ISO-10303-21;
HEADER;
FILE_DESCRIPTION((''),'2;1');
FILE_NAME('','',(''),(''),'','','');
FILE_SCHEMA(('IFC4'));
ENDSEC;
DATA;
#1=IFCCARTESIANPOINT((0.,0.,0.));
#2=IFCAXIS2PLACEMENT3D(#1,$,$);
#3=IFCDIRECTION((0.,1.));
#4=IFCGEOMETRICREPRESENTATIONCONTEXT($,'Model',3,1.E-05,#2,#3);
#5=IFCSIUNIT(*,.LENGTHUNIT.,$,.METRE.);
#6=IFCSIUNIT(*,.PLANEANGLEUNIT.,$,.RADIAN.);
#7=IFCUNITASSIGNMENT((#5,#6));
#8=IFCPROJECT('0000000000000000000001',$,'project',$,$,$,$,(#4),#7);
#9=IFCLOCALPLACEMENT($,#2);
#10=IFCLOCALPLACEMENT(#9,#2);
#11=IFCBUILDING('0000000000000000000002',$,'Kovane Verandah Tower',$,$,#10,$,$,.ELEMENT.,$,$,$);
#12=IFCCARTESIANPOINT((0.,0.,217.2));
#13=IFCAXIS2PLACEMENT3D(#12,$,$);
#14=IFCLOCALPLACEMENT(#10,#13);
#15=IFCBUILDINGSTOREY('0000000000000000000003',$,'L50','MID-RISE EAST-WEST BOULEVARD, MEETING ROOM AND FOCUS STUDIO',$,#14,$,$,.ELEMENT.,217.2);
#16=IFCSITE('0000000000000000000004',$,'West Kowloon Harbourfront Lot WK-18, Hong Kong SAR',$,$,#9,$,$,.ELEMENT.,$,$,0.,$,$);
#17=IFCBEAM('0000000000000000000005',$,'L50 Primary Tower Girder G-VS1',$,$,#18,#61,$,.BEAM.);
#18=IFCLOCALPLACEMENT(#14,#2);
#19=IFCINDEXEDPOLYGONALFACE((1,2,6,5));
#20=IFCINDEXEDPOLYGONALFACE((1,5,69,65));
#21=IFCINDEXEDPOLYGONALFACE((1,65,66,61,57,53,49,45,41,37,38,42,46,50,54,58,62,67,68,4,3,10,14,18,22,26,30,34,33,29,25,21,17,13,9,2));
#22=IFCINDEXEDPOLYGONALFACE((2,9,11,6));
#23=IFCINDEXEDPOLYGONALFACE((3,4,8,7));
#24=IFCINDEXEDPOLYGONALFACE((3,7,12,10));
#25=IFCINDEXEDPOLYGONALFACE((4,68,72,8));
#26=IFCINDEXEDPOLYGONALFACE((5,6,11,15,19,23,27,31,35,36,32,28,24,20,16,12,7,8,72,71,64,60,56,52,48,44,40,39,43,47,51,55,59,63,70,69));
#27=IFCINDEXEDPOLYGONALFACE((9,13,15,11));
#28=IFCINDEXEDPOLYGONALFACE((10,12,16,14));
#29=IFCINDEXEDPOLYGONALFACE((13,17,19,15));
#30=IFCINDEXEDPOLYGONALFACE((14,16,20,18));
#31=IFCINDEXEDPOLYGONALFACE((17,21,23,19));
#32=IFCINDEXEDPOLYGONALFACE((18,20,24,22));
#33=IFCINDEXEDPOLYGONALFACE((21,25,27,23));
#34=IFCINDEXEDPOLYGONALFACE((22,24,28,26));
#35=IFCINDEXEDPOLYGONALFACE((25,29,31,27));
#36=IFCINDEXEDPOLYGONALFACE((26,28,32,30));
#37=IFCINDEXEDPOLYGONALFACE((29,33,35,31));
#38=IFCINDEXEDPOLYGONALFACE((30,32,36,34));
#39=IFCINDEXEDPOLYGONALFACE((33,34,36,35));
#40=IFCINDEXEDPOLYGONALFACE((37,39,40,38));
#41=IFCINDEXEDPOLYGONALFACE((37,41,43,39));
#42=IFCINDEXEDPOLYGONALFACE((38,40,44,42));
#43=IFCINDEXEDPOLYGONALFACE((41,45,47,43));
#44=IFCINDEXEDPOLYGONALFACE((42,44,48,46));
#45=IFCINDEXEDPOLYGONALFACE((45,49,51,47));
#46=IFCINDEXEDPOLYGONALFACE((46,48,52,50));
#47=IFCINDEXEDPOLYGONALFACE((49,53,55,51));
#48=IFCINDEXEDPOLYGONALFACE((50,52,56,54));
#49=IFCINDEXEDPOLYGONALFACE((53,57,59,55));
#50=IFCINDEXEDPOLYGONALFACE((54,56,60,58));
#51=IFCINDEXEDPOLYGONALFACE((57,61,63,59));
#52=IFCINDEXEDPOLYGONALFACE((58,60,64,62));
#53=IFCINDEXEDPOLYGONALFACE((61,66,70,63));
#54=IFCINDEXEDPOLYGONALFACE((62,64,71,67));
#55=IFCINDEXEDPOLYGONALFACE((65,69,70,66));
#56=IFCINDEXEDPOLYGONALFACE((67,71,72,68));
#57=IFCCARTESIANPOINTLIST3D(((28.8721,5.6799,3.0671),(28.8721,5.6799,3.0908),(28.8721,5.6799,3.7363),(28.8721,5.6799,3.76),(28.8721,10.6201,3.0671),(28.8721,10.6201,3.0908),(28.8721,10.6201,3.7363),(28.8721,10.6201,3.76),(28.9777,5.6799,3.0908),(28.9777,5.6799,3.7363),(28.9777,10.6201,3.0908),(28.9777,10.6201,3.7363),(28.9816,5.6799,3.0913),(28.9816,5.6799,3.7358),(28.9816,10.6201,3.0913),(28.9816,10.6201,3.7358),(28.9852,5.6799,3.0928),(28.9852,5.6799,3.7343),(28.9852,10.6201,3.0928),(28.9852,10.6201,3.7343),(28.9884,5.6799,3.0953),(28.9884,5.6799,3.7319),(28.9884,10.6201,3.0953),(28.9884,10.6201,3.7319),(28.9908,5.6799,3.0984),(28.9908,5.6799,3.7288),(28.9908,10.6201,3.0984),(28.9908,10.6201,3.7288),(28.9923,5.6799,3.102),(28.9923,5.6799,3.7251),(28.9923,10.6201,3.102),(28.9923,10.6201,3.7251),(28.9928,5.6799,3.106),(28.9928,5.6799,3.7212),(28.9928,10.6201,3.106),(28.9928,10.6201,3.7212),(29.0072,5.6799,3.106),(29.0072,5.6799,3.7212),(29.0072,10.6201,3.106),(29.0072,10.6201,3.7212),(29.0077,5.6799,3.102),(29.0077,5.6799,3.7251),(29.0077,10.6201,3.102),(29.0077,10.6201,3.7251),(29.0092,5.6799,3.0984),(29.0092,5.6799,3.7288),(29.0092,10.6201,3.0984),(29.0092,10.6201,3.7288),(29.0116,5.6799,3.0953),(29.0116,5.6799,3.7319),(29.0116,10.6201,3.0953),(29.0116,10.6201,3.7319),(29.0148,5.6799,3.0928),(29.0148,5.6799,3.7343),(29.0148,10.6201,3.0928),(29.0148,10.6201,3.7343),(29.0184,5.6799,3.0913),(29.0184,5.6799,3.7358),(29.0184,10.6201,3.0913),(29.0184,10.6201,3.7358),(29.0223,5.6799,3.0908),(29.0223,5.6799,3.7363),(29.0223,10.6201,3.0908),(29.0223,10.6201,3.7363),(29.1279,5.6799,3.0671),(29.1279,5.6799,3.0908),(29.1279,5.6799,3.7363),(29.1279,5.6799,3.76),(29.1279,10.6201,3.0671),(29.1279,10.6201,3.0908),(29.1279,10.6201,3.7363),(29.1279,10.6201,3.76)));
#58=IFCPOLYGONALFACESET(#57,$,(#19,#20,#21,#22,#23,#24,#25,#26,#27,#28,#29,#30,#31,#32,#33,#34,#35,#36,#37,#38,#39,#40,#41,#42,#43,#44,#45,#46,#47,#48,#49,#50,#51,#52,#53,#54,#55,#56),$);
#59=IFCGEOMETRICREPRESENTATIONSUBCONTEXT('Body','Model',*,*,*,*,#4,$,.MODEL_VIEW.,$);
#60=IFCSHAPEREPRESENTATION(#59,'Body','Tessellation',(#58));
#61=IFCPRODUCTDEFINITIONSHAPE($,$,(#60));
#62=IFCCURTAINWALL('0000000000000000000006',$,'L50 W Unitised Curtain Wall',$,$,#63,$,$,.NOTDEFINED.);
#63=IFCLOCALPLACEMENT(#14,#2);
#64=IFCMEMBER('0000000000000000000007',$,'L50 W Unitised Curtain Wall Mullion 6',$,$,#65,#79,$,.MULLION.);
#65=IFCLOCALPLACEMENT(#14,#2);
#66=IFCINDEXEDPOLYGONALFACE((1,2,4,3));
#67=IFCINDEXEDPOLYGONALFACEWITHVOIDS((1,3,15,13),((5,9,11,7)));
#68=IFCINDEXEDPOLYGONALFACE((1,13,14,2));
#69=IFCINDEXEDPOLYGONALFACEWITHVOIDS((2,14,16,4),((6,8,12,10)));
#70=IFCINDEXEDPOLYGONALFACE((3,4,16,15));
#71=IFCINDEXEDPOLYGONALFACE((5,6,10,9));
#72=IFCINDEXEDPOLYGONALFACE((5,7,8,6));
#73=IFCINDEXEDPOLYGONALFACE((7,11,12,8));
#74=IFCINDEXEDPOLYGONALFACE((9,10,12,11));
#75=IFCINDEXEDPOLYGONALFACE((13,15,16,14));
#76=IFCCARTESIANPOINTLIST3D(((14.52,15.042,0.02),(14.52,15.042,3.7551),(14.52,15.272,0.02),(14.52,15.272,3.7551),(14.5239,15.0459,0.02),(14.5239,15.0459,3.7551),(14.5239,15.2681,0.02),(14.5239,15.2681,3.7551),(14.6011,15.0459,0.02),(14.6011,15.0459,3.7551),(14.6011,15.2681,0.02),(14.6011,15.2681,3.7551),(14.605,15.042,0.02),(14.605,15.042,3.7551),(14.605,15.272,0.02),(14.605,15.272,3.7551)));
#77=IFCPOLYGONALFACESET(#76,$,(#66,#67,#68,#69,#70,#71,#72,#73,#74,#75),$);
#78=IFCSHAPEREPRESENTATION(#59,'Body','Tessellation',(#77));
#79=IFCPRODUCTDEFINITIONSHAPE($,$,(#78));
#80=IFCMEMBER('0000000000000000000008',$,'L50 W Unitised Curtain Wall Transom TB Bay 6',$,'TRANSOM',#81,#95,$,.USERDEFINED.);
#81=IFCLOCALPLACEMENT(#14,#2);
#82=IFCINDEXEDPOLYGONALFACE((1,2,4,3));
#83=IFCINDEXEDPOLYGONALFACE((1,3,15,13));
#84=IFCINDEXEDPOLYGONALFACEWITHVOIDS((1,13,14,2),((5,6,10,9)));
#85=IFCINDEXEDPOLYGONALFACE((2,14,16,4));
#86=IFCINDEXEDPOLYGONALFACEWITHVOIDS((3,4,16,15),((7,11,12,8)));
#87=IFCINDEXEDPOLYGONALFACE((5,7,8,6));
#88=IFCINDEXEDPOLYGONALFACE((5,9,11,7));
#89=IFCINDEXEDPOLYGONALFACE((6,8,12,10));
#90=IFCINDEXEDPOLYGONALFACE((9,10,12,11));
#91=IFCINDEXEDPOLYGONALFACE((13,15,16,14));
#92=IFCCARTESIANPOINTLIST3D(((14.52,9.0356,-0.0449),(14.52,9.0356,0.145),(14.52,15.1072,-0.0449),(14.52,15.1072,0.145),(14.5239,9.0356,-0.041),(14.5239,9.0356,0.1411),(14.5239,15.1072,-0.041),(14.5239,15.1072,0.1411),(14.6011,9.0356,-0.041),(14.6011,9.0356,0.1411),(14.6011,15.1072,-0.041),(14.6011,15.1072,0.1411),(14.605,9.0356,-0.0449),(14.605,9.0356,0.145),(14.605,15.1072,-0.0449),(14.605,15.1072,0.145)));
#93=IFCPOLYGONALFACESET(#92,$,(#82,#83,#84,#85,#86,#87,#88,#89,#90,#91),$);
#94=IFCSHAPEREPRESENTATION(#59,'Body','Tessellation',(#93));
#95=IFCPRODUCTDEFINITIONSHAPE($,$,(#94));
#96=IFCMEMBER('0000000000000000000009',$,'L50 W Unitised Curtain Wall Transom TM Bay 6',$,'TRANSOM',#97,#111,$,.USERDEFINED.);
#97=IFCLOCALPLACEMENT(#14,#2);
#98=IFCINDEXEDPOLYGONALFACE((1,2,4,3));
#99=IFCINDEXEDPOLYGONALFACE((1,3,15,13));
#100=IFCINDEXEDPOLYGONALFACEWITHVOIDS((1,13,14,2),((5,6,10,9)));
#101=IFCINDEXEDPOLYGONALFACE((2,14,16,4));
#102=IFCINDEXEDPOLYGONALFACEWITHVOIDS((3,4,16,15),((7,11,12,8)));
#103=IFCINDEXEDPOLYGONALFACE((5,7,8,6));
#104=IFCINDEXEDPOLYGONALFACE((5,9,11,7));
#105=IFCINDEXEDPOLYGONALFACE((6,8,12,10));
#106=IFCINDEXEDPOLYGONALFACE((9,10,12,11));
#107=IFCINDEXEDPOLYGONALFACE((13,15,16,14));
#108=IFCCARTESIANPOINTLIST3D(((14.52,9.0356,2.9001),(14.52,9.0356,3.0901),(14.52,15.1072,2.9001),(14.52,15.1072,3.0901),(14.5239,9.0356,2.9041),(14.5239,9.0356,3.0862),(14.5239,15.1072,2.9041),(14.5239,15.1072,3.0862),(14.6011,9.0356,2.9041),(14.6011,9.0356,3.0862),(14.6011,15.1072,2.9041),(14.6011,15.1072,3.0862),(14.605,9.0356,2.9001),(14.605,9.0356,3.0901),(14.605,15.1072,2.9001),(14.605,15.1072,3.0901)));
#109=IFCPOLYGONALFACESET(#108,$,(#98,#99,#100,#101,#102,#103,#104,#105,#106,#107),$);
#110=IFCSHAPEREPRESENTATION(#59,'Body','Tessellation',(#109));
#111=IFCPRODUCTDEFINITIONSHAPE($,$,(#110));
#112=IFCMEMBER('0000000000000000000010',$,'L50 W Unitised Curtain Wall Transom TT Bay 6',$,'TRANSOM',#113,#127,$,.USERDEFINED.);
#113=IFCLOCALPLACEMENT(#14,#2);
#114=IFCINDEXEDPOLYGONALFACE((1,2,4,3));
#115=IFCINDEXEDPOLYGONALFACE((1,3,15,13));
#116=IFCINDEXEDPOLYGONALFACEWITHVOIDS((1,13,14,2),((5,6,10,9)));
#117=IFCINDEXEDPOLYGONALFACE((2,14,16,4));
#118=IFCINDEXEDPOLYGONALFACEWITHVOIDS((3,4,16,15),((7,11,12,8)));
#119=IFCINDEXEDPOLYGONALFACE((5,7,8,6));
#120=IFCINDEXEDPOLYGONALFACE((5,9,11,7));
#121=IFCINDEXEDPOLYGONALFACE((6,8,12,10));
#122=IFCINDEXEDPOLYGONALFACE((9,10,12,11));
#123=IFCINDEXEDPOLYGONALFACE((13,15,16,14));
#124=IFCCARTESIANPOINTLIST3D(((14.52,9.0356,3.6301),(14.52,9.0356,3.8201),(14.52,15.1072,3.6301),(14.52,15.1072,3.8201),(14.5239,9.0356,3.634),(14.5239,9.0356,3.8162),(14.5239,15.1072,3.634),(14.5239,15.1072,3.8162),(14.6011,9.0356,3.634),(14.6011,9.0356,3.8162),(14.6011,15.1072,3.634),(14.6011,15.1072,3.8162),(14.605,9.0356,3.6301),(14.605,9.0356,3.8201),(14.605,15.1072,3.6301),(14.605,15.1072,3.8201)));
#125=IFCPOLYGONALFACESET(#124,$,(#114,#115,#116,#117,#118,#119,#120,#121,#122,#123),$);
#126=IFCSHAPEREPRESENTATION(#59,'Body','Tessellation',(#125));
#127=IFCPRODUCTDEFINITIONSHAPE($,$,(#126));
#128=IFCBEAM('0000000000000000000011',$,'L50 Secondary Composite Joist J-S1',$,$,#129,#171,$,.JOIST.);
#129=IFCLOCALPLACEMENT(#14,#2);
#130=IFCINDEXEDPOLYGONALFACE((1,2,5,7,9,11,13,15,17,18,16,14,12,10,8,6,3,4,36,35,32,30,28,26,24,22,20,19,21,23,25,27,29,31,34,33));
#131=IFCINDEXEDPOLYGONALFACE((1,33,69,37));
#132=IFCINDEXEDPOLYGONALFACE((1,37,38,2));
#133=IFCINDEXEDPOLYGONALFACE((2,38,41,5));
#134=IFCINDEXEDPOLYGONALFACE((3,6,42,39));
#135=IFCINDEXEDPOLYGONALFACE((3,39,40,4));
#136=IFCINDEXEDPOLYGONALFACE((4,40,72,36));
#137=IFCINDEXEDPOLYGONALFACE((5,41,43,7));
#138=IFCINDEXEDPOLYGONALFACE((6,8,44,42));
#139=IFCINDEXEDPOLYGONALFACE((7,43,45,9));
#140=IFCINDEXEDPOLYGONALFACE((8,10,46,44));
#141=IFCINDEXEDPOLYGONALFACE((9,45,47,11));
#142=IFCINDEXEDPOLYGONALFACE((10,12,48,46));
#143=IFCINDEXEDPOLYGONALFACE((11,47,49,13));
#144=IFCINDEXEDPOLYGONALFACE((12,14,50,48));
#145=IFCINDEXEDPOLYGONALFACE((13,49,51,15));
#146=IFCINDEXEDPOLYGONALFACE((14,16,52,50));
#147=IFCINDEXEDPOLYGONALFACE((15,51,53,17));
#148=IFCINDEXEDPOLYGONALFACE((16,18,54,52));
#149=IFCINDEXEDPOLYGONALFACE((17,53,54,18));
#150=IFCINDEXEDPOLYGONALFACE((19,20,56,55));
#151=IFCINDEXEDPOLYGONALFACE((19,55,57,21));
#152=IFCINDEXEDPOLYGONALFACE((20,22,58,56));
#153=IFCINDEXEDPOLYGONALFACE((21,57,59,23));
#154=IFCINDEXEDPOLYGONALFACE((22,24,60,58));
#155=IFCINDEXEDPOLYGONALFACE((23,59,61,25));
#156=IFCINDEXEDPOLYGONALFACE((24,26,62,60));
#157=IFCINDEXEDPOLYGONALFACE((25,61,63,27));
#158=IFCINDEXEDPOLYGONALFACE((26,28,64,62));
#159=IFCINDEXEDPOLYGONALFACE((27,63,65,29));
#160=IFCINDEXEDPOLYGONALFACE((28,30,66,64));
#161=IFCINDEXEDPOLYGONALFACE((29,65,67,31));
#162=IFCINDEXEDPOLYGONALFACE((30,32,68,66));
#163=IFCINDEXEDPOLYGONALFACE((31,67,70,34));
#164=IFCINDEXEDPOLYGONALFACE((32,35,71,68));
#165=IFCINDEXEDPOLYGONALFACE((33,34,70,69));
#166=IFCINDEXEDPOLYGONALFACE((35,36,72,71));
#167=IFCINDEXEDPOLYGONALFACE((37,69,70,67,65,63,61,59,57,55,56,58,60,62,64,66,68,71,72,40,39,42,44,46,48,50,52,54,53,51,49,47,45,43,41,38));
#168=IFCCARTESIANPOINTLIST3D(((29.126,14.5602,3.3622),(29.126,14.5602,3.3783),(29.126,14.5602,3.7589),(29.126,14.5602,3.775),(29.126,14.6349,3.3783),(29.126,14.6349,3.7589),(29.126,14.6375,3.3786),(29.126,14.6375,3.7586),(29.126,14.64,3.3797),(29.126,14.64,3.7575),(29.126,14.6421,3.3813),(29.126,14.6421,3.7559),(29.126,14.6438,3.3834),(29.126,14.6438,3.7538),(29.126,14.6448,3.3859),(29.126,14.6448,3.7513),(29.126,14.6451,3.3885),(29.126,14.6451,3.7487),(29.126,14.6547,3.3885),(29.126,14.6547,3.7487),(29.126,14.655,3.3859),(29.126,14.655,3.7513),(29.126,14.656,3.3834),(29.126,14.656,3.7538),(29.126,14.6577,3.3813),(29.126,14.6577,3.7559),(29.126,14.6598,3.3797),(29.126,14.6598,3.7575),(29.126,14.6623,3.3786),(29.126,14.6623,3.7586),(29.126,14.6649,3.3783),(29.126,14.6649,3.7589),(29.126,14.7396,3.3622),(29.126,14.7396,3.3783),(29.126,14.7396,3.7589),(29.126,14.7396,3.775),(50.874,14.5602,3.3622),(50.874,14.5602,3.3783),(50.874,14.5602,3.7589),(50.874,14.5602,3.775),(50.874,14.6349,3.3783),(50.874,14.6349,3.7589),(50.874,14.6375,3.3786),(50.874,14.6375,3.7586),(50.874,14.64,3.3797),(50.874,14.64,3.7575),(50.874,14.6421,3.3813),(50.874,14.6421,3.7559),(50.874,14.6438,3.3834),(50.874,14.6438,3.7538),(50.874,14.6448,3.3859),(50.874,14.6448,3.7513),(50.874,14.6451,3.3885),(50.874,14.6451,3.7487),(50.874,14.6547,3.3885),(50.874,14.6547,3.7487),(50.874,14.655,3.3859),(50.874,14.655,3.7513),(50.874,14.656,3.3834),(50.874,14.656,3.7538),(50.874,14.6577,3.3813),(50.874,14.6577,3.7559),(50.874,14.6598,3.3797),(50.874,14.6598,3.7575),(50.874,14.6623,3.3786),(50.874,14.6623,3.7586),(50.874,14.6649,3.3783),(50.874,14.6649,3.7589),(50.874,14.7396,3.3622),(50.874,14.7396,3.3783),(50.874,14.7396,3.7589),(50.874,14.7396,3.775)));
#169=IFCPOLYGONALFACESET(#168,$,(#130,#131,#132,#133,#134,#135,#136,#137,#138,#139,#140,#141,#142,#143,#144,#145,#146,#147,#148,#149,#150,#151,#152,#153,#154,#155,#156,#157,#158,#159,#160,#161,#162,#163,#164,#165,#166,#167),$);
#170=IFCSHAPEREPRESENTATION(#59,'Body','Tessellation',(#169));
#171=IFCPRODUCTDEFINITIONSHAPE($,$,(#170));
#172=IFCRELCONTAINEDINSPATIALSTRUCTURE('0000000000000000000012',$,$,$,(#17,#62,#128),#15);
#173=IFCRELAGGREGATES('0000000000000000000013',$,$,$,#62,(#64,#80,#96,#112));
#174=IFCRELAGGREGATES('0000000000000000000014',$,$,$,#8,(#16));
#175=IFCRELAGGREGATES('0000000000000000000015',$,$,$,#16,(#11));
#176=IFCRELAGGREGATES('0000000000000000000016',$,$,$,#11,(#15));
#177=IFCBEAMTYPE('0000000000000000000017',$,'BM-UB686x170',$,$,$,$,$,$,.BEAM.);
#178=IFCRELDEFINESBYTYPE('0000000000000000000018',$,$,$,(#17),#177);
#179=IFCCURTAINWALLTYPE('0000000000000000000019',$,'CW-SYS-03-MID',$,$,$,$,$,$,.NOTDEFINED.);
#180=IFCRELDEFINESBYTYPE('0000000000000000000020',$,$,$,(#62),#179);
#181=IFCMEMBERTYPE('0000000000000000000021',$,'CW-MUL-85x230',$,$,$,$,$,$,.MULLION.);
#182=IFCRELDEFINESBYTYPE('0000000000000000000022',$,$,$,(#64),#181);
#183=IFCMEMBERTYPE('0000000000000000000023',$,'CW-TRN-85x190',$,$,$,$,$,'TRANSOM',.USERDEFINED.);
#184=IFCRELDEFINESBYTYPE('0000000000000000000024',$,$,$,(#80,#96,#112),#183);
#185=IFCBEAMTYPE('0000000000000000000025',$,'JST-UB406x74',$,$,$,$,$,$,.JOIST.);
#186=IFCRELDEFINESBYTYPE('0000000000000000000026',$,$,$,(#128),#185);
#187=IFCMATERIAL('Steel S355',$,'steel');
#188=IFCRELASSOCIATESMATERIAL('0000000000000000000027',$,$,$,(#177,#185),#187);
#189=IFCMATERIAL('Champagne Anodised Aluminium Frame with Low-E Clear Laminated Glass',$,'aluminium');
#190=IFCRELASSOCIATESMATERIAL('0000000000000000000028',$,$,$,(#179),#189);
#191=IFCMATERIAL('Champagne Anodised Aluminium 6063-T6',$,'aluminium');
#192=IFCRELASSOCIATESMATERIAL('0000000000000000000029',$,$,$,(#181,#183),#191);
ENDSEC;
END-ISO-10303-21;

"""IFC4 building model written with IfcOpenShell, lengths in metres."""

from ifc_helpers import new_model, si_unit, direction, frame, origin, origin_2d, place, context, subcontext, project, spatial, hollow_rectangle, i_section, extrude, material, material_profile, profile_set, type_object, element, aggregate, save


model = new_model("IFC4")

# Units and contexts
model_context = context("Model", 3, precision=1e-05, world=origin(), true_north=direction((0.0, 1.0)))
body_context = subcontext(model_context, "Body", "Model", "MODEL_VIEW")
ifc_project = project(units=[si_unit("LENGTHUNIT", "METRE"), si_unit("PLANEANGLEUNIT", "RADIAN")], contexts=[model_context])

# Site, building, storey
site_placement = place(None, origin())
site = spatial("IfcSite", under=ifc_project, at=site_placement, Name="West Kowloon Harbourfront Lot WK-18, Hong Kong SAR", CompositionType="ELEMENT", RefElevation=0.0)
building_placement = place(site_placement, origin())
building = spatial("IfcBuilding", under=site, at=building_placement, Name="Kovane Verandah Tower", CompositionType="ELEMENT")
storey_placement = place(building_placement, frame((0.0, 0.0, 217.2)))
storey = spatial("IfcBuildingStorey", under=building, at=storey_placement, Name="L50", Description="MID-RISE EAST-WEST BOULEVARD, MEETING ROOM AND FOCUS STUDIO", CompositionType="ELEMENT", Elevation=217.2)

# Beam
ifc_material_1 = material(Name="Steel S355", Category="steel")
ifc_material_profile_1 = material_profile(ifc_material_1, i_section(OverallWidth=0.2559, OverallDepth=0.6929, WebThickness=0.0144, FlangeThickness=0.0237, FilletRadius=0.0151, at=origin_2d()), Name="UB686x254x170")
ifc_profile_set_1 = profile_set([ifc_material_profile_1], Name="Steel S355")
beam_type_1 = type_object("IfcBeamType", Name="BM-UB686x170", PredefinedType="BEAM", material=ifc_profile_set_1)
beam_1_placement = place(storey_placement, frame((29.0, 10.6201, 3.4136), z_axis=(0.0, -1.0, 0.0), x_axis=(1.0, 0.0, 0.0)))
element("IfcBeam", 1, at=beam_1_placement, inside=storey, type_object=beam_type_1, Name="L50 Primary Tower Girder G-VS1", PredefinedType="BEAM", context=body_context, shape_type="SweptSolid", body=[
    extrude(i_section(OverallWidth=0.2559, OverallDepth=0.6929, WebThickness=0.0144, FlangeThickness=0.0237, FilletRadius=0.0151, at=origin_2d()), origin(), (0.0, 0.0, 1.0), 4.9402),
])

# Curtain wall, members
ifc_material_2 = material(Name="Champagne Anodised Aluminium Frame with Low-E Clear Laminated Glass", Category="aluminium")
curtain_wall_type = type_object("IfcCurtainWallType", Name="CW-SYS-03-MID", PredefinedType="NOTDEFINED", material=ifc_material_2)
curtain_wall_placement = place(storey_placement, origin())
curtain_wall = element("IfcCurtainWall", 2, at=curtain_wall_placement, inside=storey, type_object=curtain_wall_type, Name="L50 W Unitised Curtain Wall", PredefinedType="NOTDEFINED")
ifc_material_3 = material(Name="Champagne Anodised Aluminium 6063-T6", Category="aluminium")
ifc_material_profile_2 = material_profile(ifc_material_3, hollow_rectangle(XDim=0.085, YDim=0.23, WallThickness=0.0039, at=origin_2d()), Name="AL85x230x4")
ifc_profile_set_2 = profile_set([ifc_material_profile_2], Name="Champagne Anodised Aluminium 6063-T6")
member_type_1 = type_object("IfcMemberType", Name="CW-MUL-85x230", PredefinedType="MULLION", material=ifc_profile_set_2)
member_1_placement = place(storey_placement, frame((14.5625, 15.157, 0.02), z_axis=(0.0, 0.0, 1.0), x_axis=(-1.0, 0.0, 0.0)))
member_1 = element("IfcMember", 3, at=member_1_placement, type_object=member_type_1, Name="L50 W Unitised Curtain Wall Mullion 6", PredefinedType="MULLION", context=body_context, shape_type="SweptSolid", body=[
    extrude(hollow_rectangle(XDim=0.085, YDim=0.23, WallThickness=0.0039, at=origin_2d()), origin(), (0.0, 0.0, 1.0), 3.7351),
])
ifc_material_profile_3 = material_profile(ifc_material_3, hollow_rectangle(XDim=0.085, YDim=0.1899, WallThickness=0.0039, at=origin_2d()), Name="AL85x190x4")
ifc_profile_set_3 = profile_set([ifc_material_profile_3], Name="Champagne Anodised Aluminium 6063-T6")
member_type_2 = type_object("IfcMemberType", Name="CW-TRN-85x190", ElementType="TRANSOM", PredefinedType="USERDEFINED", material=ifc_profile_set_3)
member_2_placement = place(storey_placement, frame((14.5625, 15.1072, 0.05), z_axis=(0.0, -1.0, 0.0), x_axis=(1.0, 0.0, 0.0)))
member_2 = element("IfcMember", 4, at=member_2_placement, type_object=member_type_2, Name="L50 W Unitised Curtain Wall Transom TB Bay 6", ObjectType="TRANSOM", PredefinedType="USERDEFINED", context=body_context, shape_type="SweptSolid", body=[
    extrude(hollow_rectangle(XDim=0.085, YDim=0.1899, WallThickness=0.0039, at=origin_2d()), origin(), (0.0, 0.0, 1.0), 6.0715),
])
member_3_placement = place(storey_placement, frame((14.5625, 15.1072, 2.9951), z_axis=(0.0, -1.0, 0.0), x_axis=(1.0, 0.0, 0.0)))
member_3 = element("IfcMember", 5, at=member_3_placement, type_object=member_type_2, Name="L50 W Unitised Curtain Wall Transom TM Bay 6", ObjectType="TRANSOM", PredefinedType="USERDEFINED", context=body_context, shape_type="SweptSolid", body=[
    extrude(hollow_rectangle(XDim=0.085, YDim=0.1899, WallThickness=0.0039, at=origin_2d()), origin(), (0.0, 0.0, 1.0), 6.0715),
])
member_4_placement = place(storey_placement, frame((14.5625, 15.1072, 3.7251), z_axis=(0.0, -1.0, 0.0), x_axis=(1.0, 0.0, 0.0)))
member_4 = element("IfcMember", 6, at=member_4_placement, type_object=member_type_2, Name="L50 W Unitised Curtain Wall Transom TT Bay 6", ObjectType="TRANSOM", PredefinedType="USERDEFINED", context=body_context, shape_type="SweptSolid", body=[
    extrude(hollow_rectangle(XDim=0.085, YDim=0.1899, WallThickness=0.0039, at=origin_2d()), origin(), (0.0, 0.0, 1.0), 6.0715),
])

# Beam
ifc_material_profile_4 = material_profile(ifc_material_1, i_section(OverallWidth=0.1794, OverallDepth=0.4128, WebThickness=0.0095, FlangeThickness=0.0161, FilletRadius=0.0103, at=origin_2d()), Name="UB406x178x74")
ifc_profile_set_4 = profile_set([ifc_material_profile_4], Name="Steel S355")
beam_type_2 = type_object("IfcBeamType", Name="JST-UB406x74", PredefinedType="JOIST", material=ifc_profile_set_4)
beam_2_placement = place(storey_placement, frame((29.126, 14.6499, 3.5686), z_axis=(1.0, 0.0, 0.0), x_axis=(0.0, 1.0, 0.0)))
element("IfcBeam", 7, at=beam_2_placement, inside=storey, type_object=beam_type_2, Name="L50 Secondary Composite Joist J-S1", PredefinedType="JOIST", context=body_context, shape_type="SweptSolid", body=[
    extrude(i_section(OverallWidth=0.1794, OverallDepth=0.4128, WebThickness=0.0095, FlangeThickness=0.0161, FilletRadius=0.0103, at=origin_2d()), origin(), (0.0, 0.0, 1.0), 21.748),
])

aggregate(curtain_wall, [member_1, member_2, member_3, member_4])

save(model, "model.ifc")
